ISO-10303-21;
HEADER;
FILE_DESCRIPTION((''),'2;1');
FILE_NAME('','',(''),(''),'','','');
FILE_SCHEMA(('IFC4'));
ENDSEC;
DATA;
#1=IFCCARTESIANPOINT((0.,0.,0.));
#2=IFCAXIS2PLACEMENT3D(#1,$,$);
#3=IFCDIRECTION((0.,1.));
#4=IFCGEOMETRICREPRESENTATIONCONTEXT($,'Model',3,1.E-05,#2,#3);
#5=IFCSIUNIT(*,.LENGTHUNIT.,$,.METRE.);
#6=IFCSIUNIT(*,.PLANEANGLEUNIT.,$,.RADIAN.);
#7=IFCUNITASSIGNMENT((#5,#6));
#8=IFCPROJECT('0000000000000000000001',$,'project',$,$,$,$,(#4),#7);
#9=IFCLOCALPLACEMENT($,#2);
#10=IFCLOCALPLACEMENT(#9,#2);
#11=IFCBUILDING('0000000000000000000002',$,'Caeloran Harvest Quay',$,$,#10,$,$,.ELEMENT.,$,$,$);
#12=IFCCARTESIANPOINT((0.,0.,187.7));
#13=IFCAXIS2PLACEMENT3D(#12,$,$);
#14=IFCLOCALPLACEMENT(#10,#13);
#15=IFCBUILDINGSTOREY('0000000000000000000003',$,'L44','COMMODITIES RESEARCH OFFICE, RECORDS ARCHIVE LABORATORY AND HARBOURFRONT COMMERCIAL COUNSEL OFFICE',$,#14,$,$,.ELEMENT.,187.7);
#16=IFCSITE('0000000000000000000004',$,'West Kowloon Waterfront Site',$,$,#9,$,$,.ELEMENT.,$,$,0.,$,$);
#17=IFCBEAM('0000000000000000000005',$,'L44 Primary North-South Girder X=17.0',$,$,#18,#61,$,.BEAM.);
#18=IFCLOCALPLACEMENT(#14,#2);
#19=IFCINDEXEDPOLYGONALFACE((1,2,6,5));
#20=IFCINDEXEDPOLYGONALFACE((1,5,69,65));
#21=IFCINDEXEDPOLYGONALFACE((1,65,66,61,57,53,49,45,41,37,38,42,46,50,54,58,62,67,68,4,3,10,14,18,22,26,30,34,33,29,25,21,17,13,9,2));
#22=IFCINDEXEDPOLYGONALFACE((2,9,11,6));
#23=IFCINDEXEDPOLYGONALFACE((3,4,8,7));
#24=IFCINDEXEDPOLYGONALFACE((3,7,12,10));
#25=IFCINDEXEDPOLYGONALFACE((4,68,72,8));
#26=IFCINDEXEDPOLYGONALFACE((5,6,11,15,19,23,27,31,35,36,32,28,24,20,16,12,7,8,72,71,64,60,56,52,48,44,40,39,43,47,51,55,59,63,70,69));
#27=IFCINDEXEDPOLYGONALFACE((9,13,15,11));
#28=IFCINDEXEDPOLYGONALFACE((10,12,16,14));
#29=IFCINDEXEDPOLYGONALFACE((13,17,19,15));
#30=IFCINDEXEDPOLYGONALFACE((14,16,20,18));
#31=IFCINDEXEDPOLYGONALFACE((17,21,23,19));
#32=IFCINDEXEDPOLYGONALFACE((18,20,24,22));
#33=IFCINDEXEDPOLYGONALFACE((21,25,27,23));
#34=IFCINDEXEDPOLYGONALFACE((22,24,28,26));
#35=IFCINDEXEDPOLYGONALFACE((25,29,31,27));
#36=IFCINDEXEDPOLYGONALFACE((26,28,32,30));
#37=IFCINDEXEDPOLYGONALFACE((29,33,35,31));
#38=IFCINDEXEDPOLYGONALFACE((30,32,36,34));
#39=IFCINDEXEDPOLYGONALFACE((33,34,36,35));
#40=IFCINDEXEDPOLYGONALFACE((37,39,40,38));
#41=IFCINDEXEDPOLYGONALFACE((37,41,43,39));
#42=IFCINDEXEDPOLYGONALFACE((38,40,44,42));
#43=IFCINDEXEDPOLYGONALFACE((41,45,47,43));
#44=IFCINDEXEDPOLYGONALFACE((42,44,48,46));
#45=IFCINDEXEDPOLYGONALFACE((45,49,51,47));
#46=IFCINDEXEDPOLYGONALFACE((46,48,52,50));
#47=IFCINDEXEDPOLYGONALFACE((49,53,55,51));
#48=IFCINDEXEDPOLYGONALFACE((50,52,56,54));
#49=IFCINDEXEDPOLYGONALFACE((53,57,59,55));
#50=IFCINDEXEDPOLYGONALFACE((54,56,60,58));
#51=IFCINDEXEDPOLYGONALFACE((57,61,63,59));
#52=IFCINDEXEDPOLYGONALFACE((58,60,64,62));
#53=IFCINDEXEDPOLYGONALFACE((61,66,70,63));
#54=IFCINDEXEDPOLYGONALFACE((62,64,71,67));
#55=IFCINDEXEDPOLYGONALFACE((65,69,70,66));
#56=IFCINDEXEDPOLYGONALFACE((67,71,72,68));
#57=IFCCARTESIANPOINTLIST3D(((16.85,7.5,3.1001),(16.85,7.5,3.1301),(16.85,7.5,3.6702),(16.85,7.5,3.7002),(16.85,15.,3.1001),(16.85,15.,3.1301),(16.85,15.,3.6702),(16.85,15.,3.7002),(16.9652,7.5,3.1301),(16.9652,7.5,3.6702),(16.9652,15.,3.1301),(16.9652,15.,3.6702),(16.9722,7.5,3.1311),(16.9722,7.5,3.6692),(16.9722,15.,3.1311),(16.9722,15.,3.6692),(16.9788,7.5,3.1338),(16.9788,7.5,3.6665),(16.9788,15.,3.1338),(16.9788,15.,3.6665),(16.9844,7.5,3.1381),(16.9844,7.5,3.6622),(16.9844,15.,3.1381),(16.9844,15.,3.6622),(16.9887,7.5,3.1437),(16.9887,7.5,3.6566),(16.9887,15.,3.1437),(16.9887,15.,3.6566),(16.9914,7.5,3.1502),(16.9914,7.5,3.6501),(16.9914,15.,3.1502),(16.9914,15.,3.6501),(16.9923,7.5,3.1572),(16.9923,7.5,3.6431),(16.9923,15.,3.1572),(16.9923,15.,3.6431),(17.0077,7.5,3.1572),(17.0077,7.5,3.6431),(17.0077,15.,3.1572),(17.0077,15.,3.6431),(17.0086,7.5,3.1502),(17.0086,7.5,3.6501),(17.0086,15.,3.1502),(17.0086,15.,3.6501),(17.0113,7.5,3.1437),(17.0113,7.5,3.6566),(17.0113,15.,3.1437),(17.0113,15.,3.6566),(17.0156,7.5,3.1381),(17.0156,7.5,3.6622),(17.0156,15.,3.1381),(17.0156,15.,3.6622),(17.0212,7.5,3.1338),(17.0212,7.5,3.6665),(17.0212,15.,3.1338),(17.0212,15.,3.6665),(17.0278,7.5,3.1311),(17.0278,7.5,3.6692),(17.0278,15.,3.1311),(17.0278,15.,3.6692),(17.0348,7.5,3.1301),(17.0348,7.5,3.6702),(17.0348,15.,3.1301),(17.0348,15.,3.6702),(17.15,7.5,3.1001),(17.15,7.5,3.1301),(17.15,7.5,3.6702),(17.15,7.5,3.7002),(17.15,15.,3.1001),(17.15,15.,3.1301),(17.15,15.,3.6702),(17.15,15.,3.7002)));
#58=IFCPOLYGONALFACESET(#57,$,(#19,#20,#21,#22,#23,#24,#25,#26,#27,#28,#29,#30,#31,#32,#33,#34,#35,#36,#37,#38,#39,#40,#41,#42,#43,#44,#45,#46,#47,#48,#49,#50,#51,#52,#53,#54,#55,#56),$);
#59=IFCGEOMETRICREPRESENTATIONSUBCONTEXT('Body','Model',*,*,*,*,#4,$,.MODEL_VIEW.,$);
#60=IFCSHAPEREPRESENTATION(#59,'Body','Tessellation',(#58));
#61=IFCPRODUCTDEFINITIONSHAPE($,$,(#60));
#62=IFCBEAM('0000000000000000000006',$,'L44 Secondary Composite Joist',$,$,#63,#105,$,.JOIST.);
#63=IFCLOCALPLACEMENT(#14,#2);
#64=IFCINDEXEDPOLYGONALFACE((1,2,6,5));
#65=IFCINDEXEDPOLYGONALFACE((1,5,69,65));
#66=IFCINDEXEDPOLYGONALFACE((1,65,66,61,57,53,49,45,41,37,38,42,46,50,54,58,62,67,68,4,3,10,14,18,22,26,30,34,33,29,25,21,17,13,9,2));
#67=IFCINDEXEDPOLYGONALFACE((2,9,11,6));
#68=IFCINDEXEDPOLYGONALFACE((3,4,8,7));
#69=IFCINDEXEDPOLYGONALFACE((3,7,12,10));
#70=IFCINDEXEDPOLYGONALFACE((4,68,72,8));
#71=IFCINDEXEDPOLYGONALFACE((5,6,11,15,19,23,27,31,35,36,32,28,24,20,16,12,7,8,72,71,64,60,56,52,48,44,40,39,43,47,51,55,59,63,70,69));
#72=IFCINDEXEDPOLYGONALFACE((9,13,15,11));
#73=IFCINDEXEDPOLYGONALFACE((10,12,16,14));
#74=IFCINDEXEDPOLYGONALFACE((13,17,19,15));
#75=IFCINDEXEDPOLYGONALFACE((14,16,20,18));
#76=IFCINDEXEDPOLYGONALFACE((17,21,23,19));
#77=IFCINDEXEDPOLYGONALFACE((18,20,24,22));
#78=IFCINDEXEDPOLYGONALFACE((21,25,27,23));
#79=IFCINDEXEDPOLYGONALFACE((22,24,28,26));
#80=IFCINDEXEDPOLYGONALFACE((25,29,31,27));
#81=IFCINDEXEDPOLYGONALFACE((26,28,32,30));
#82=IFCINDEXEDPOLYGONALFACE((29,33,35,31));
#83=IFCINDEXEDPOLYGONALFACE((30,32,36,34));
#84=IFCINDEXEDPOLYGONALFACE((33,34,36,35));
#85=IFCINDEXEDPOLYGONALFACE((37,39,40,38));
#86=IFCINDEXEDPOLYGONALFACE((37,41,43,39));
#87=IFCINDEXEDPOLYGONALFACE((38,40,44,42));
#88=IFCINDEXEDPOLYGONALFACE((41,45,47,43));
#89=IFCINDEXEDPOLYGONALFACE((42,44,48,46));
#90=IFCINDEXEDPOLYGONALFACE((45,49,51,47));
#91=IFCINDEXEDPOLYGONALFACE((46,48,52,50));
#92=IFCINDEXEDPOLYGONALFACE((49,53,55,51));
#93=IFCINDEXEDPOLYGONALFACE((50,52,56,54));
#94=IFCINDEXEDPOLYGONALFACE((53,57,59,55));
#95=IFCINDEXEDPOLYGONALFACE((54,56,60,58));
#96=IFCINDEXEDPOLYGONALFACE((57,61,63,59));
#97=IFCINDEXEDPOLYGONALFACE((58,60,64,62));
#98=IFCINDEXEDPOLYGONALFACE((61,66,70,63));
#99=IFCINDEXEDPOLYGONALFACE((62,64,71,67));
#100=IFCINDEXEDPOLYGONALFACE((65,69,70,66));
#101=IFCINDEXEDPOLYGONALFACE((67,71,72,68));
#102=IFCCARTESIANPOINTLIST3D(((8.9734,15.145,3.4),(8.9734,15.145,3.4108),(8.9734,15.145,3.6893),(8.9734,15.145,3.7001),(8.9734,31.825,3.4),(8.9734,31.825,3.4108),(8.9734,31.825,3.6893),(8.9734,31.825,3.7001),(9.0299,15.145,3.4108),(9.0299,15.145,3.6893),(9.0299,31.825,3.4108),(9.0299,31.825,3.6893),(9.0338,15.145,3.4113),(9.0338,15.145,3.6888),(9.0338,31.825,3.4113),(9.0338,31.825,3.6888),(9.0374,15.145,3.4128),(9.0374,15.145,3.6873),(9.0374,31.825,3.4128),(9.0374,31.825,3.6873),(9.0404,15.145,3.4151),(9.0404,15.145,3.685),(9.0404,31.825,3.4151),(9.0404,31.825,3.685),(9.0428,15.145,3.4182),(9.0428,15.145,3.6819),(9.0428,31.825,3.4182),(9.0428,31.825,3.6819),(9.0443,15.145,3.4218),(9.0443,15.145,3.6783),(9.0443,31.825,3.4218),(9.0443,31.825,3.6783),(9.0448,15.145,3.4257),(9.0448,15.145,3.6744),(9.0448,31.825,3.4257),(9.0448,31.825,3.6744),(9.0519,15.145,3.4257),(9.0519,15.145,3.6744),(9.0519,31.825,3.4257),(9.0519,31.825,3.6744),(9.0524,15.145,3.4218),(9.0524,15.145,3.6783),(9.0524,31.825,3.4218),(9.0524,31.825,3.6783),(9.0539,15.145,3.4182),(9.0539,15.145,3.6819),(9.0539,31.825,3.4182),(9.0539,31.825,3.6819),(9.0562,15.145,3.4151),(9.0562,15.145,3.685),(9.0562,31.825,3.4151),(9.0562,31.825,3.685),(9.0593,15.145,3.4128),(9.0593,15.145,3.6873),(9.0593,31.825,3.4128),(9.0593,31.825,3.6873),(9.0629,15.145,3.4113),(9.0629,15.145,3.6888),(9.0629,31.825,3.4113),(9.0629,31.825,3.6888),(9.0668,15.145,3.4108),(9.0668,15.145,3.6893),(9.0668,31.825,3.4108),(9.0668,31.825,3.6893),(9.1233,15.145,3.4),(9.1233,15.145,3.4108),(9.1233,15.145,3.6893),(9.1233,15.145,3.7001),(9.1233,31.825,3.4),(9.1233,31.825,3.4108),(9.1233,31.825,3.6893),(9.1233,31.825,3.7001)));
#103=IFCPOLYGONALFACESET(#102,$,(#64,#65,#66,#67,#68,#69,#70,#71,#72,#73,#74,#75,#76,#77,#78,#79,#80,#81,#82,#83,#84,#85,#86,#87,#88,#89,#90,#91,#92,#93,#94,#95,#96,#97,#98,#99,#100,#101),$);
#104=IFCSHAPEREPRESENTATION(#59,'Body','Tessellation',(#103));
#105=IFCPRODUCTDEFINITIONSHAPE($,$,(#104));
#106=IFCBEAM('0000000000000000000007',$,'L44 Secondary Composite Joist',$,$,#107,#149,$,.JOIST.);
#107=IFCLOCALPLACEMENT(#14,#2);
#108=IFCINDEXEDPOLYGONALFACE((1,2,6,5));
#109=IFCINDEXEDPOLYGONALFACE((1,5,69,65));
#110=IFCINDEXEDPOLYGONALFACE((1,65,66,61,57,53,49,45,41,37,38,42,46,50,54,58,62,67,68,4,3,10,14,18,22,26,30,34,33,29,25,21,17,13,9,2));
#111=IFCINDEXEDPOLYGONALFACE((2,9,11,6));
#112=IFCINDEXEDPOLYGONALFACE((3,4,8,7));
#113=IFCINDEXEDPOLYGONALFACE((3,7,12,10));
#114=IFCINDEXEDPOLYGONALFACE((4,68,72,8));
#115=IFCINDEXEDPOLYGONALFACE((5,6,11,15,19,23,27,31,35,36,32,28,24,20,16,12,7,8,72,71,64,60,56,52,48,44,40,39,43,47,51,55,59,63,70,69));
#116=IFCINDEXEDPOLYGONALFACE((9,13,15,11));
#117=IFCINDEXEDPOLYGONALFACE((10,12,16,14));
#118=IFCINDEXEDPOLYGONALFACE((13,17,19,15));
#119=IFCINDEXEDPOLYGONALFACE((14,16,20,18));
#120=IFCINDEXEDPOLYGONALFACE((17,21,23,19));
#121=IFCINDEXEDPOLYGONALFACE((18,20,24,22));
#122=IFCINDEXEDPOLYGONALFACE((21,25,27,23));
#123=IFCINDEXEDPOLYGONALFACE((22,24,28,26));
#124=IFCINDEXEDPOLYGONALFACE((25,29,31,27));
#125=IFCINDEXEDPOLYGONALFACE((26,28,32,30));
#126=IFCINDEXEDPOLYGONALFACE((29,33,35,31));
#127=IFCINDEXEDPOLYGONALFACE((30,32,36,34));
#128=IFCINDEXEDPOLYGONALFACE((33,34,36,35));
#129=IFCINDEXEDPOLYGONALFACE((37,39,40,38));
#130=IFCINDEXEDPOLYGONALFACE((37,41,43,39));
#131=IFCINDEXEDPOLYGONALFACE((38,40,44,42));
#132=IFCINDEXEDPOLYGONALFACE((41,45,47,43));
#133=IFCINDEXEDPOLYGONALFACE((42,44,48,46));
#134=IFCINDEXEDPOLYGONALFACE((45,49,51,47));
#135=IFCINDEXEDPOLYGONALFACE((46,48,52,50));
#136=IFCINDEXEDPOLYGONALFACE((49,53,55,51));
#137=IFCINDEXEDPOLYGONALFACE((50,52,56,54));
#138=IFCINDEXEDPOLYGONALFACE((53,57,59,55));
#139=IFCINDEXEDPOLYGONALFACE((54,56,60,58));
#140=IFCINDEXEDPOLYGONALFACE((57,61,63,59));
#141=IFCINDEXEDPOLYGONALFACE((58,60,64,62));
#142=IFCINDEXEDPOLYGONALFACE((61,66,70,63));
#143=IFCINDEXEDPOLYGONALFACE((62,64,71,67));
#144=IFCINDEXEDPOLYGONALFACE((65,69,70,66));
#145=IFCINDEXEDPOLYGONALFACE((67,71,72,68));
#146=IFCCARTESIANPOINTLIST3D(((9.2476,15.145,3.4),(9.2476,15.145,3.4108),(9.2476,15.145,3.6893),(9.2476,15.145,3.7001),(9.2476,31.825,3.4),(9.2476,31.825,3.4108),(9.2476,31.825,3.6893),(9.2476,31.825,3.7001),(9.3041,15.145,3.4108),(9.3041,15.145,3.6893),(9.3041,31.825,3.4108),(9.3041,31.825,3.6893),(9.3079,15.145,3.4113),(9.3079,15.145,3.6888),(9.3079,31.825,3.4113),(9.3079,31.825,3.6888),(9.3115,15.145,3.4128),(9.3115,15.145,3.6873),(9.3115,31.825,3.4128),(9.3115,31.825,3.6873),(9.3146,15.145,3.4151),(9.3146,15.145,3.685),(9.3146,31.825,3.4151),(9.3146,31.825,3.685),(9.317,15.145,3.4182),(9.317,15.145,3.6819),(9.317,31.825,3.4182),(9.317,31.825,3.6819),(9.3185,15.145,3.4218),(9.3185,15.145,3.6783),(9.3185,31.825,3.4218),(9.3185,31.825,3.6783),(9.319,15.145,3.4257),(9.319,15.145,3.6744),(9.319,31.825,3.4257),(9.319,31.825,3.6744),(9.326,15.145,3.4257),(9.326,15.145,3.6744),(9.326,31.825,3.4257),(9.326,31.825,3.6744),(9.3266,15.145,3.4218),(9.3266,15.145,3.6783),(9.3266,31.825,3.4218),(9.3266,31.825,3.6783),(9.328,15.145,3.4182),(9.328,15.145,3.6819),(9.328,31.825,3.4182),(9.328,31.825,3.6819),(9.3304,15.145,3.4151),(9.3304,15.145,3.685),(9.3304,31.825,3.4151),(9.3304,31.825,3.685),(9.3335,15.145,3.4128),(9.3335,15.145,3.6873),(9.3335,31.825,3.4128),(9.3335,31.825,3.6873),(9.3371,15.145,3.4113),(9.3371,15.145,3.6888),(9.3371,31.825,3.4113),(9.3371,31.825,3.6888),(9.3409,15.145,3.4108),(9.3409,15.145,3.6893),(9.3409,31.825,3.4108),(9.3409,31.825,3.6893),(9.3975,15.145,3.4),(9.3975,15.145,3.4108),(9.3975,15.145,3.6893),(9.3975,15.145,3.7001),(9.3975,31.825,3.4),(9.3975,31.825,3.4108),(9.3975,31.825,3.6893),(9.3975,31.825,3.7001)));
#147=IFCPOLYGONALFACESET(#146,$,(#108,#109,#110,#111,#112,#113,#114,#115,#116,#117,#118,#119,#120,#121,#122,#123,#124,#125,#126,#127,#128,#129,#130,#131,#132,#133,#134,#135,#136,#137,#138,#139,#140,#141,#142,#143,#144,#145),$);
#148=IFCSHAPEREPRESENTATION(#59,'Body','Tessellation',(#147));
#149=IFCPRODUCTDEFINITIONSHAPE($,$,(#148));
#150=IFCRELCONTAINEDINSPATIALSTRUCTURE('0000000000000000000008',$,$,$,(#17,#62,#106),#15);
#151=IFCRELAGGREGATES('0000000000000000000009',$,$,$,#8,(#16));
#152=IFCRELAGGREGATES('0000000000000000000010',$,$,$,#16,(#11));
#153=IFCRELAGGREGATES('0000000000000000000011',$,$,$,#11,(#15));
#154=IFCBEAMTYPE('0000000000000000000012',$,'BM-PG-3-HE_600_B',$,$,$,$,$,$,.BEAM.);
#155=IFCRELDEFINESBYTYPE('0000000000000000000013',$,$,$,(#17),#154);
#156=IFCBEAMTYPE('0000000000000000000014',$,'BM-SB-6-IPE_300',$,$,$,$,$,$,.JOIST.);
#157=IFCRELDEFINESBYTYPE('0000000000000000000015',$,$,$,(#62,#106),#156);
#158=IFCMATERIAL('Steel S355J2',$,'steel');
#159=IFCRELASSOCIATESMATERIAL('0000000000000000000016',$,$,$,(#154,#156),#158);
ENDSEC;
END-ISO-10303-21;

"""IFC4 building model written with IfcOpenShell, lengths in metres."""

from ifc_helpers import new_model, si_unit, direction, frame, origin, origin_2d, place, context, subcontext, project, spatial, i_section, extrude, material, material_profile, profile_set, type_object, element, save


model = new_model("IFC4")

# Units and contexts
model_context = context("Model", 3, precision=1e-05, world=origin(), true_north=direction((0.0, 1.0)))
body_context = subcontext(model_context, "Body", "Model", "MODEL_VIEW")
ifc_project = project(units=[si_unit("LENGTHUNIT", "METRE"), si_unit("PLANEANGLEUNIT", "RADIAN")], contexts=[model_context])

# Site, building, storey
site_placement = place(None, origin())
site = spatial("IfcSite", under=ifc_project, at=site_placement, Name="West Kowloon Waterfront Site", CompositionType="ELEMENT", RefElevation=0.0)
building_placement = place(site_placement, origin())
building = spatial("IfcBuilding", under=site, at=building_placement, Name="Caeloran Harvest Quay", CompositionType="ELEMENT")
storey_placement = place(building_placement, frame((0.0, 0.0, 187.7)))
storey = spatial("IfcBuildingStorey", under=building, at=storey_placement, Name="L44", Description="COMMODITIES RESEARCH OFFICE, RECORDS ARCHIVE LABORATORY AND HARBOURFRONT COMMERCIAL COUNSEL OFFICE", CompositionType="ELEMENT", Elevation=187.7)

# Beams
ifc_material_1 = material(Name="Steel S355J2", Category="steel")
ifc_material_profile_1 = material_profile(ifc_material_1, i_section(OverallWidth=0.3, OverallDepth=0.6001, WebThickness=0.0154, FlangeThickness=0.03, FilletRadius=0.0271, at=origin_2d()), Name="HE 600 B")
ifc_profile_set_1 = profile_set([ifc_material_profile_1], Name="Steel S355J2")
beam_type_1 = type_object("IfcBeamType", Name="BM-PG-3-HE_600_B", PredefinedType="BEAM", material=ifc_profile_set_1)
beam_1_placement = place(storey_placement, frame((17.0, 7.5, 3.4001), z_axis=(0.0, 1.0, 0.0), x_axis=(-1.0, 0.0, 0.0)))
element("IfcBeam", 1, at=beam_1_placement, inside=storey, type_object=beam_type_1, Name="L44 Primary North-South Girder X=17.0", PredefinedType="BEAM", context=body_context, shape_type="SweptSolid", body=[
    extrude(i_section(OverallWidth=0.3, OverallDepth=0.6001, WebThickness=0.0154, FlangeThickness=0.03, FilletRadius=0.0271, at=origin_2d()), origin(), (0.0, 0.0, 1.0), 7.5),
])
ifc_material_profile_2 = material_profile(ifc_material_1, i_section(OverallWidth=0.1499, OverallDepth=0.3, WebThickness=0.0071, FlangeThickness=0.0107, FilletRadius=0.0149, at=origin_2d()), Name="IPE 300")
ifc_profile_set_2 = profile_set([ifc_material_profile_2], Name="Steel S355J2")
beam_type_2 = type_object("IfcBeamType", Name="BM-SB-6-IPE_300", PredefinedType="JOIST", material=ifc_profile_set_2)
for number, where, z_axis, x_axis, name in (
    (2, (9.0483, 15.145, 3.55), (0.0, 1.0, 0.0), (-1.0, 0.0, 0.0), "L44 Secondary Composite Joist"),
    (3, (9.3225, 15.145, 3.55), (0.0, 1.0, 0.0), (-1.0, 0.0, 0.0), "L44 Secondary Composite Joist"),
):
    element("IfcBeam", number, at=place(storey_placement, frame(where, z_axis=z_axis, x_axis=x_axis)), inside=storey, type_object=beam_type_2, Name=name, PredefinedType="JOIST", context=body_context, shape_type="SweptSolid", body=[
        extrude(i_section(OverallWidth=0.1499, OverallDepth=0.3, WebThickness=0.0071, FlangeThickness=0.0107, FilletRadius=0.0149, at=origin_2d()), origin(), (0.0, 0.0, 1.0), 16.6799),
    ])

save(model, "model.ifc")
